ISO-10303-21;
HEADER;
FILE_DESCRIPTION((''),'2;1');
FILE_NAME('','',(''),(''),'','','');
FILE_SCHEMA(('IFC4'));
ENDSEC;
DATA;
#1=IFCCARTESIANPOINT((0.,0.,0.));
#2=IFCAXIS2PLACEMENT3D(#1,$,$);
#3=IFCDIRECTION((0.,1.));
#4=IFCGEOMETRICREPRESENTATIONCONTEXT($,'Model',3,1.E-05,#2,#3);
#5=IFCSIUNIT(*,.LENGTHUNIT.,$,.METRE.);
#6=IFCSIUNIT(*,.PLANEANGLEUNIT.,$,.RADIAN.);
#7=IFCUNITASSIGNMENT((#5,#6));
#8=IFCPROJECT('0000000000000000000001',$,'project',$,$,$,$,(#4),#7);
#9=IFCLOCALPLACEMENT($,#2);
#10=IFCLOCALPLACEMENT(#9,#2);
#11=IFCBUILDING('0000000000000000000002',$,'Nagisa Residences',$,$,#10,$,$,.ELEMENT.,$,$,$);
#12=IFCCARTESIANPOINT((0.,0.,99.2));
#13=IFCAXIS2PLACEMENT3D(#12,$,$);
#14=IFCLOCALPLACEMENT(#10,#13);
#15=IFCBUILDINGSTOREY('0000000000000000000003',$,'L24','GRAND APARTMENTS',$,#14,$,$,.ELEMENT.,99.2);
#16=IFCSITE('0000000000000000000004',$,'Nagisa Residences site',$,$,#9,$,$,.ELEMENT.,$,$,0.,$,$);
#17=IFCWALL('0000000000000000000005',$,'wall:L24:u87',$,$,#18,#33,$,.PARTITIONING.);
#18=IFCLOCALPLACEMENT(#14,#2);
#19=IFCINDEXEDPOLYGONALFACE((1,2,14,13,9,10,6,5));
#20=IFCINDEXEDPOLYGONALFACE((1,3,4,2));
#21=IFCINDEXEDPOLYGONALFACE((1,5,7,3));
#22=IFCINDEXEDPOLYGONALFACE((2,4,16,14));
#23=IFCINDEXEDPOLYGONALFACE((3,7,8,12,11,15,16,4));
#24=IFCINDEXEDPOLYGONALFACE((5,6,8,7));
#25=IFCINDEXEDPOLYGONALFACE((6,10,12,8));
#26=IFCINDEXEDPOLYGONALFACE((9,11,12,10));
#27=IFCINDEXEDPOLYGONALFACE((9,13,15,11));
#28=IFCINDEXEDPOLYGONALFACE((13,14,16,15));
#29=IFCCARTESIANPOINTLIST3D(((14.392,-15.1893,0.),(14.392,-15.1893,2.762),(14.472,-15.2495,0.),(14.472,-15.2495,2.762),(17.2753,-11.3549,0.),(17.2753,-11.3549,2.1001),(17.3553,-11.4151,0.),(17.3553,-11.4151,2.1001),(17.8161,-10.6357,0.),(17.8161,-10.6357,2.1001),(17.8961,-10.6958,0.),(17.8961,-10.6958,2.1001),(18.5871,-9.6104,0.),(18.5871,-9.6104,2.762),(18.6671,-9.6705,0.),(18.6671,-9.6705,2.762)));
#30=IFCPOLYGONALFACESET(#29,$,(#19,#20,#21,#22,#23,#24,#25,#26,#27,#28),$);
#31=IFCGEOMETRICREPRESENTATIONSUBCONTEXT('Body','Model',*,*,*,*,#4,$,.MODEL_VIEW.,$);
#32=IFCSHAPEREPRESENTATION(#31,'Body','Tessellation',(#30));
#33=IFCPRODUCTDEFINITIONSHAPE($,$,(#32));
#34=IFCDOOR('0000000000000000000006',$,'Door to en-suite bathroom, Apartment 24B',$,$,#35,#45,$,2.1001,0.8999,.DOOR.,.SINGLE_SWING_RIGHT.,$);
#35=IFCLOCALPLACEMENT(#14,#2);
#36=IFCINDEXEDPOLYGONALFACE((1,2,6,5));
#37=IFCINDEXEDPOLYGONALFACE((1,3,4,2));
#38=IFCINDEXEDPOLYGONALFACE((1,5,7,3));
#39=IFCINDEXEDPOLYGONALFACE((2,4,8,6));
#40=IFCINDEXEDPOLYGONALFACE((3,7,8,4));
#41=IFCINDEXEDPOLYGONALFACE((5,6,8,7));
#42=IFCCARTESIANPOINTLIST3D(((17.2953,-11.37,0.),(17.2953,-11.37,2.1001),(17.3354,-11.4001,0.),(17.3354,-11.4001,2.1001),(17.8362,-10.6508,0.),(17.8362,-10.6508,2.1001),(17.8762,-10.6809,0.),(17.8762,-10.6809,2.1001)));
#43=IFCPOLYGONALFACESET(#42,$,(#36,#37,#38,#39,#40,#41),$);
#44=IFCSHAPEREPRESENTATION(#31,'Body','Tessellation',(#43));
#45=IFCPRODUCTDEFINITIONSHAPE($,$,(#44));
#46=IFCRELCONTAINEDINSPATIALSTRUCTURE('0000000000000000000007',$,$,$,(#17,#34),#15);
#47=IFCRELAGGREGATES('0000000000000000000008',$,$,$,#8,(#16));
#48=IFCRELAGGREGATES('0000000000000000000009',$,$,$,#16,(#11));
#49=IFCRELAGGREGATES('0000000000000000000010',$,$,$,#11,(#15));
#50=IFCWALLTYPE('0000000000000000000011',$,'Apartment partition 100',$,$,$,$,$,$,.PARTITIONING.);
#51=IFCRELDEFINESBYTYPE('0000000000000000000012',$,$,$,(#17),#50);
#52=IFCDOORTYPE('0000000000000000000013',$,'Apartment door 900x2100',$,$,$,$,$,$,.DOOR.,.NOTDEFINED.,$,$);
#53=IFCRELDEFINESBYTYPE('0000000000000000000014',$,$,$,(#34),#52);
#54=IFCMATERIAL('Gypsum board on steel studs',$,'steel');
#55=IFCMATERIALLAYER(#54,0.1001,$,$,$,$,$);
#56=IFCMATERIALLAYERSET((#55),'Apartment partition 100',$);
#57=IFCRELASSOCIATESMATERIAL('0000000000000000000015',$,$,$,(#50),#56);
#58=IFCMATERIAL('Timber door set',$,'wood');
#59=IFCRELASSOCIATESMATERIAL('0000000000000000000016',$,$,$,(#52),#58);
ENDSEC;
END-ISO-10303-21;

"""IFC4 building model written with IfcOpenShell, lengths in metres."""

from ifc_helpers import new_model, si_unit, direction, frame, frame_2d, origin, place, context, subcontext, project, spatial, rectangle, extrude, material, layer, layer_set, type_object, element, fill, save


model = new_model("IFC4")

# Units and contexts
model_context = context("Model", 3, precision=1e-05, world=origin(), true_north=direction((0.0, 1.0)))
body_context = subcontext(model_context, "Body", "Model", "MODEL_VIEW")
ifc_project = project(units=[si_unit("LENGTHUNIT", "METRE"), si_unit("PLANEANGLEUNIT", "RADIAN")], contexts=[model_context])

# Site, building, storey
site_placement = place(None, origin())
site = spatial("IfcSite", under=ifc_project, at=site_placement, Name="Nagisa Residences site", CompositionType="ELEMENT", RefElevation=0.0)
building_placement = place(site_placement, origin())
building = spatial("IfcBuilding", under=site, at=building_placement, Name="Nagisa Residences", CompositionType="ELEMENT")
storey_placement = place(building_placement, frame((0.0, 0.0, 99.2)))
storey = spatial("IfcBuildingStorey", under=building, at=storey_placement, Name="L24", Description="GRAND APARTMENTS", CompositionType="ELEMENT", Elevation=99.2)

# Shared definitions
ifc_material_1 = material(Name="Gypsum board on steel studs", Category="steel")
ifc_layer_1 = layer(ifc_material_1, 0.1001)
ifc_layer_set_1 = layer_set([ifc_layer_1], Name="Apartment partition 100")
wall_type_1 = type_object("IfcWallType", Name="Apartment partition 100", PredefinedType="PARTITIONING", material=ifc_layer_set_1)

# Wall, opening, door
wall_1_placement = place(storey_placement, frame((14.4319, -15.2195, 0.0), z_axis=(0.0, 0.0, 1.0), x_axis=(0.601001, 0.799248, 0.0)))
wall_1 = element("IfcWall", 1, at=wall_1_placement, inside=storey, type_object=wall_type_1, Name="wall:L24:u87", PredefinedType="PARTITIONING", context=body_context, shape_type="SweptSolid", body=[
    extrude(rectangle(XDim=6.9802, YDim=0.1001, at=frame_2d((3.4902, 0.0))), origin(), (0.0, 0.0, 1.0), 2.762),
])
opening_1_placement = place(wall_1_placement, frame((4.7976, 0.0, 0.0)))
opening_1 = element("IfcOpeningElement", 2, at=opening_1_placement, cuts=wall_1, PredefinedType="OPENING", context=body_context, shape_type="SweptSolid", body=[
    extrude(rectangle(XDim=0.8999, YDim=2.1001, at=frame_2d((0.45, 1.05))), frame((0.0, 0.0601, 0.0), z_axis=(0.0, -1.0, 0.0), x_axis=(1.0, 0.0, 0.0)), (0.0, 0.0, 1.0), 0.1201),
])
ifc_material_2 = material(Name="Timber door set", Category="wood")
door_type_1 = type_object("IfcDoorType", Name="Apartment door 900x2100", OperationType="NOTDEFINED", PredefinedType="DOOR", material=ifc_material_2)
door_1_placement = place(opening_1_placement, origin())
door_1 = element("IfcDoor", 3, at=door_1_placement, inside=storey, type_object=door_type_1, Name="Door to en-suite bathroom, Apartment 24B", OperationType="SINGLE_SWING_RIGHT", OverallHeight=2.1001, OverallWidth=0.8999, PredefinedType="DOOR", context=body_context, shape_type="SweptSolid", body=[
    extrude(rectangle(XDim=0.8999, YDim=2.1001, at=frame_2d((0.45, 1.05))), frame((0.0, 0.0249, 0.0), z_axis=(0.0, -1.0, 0.0), x_axis=(1.0, 0.0, 0.0)), (0.0, 0.0, 1.0), 0.05),
])
fill(opening_1, door_1)

save(model, "model.ifc")
